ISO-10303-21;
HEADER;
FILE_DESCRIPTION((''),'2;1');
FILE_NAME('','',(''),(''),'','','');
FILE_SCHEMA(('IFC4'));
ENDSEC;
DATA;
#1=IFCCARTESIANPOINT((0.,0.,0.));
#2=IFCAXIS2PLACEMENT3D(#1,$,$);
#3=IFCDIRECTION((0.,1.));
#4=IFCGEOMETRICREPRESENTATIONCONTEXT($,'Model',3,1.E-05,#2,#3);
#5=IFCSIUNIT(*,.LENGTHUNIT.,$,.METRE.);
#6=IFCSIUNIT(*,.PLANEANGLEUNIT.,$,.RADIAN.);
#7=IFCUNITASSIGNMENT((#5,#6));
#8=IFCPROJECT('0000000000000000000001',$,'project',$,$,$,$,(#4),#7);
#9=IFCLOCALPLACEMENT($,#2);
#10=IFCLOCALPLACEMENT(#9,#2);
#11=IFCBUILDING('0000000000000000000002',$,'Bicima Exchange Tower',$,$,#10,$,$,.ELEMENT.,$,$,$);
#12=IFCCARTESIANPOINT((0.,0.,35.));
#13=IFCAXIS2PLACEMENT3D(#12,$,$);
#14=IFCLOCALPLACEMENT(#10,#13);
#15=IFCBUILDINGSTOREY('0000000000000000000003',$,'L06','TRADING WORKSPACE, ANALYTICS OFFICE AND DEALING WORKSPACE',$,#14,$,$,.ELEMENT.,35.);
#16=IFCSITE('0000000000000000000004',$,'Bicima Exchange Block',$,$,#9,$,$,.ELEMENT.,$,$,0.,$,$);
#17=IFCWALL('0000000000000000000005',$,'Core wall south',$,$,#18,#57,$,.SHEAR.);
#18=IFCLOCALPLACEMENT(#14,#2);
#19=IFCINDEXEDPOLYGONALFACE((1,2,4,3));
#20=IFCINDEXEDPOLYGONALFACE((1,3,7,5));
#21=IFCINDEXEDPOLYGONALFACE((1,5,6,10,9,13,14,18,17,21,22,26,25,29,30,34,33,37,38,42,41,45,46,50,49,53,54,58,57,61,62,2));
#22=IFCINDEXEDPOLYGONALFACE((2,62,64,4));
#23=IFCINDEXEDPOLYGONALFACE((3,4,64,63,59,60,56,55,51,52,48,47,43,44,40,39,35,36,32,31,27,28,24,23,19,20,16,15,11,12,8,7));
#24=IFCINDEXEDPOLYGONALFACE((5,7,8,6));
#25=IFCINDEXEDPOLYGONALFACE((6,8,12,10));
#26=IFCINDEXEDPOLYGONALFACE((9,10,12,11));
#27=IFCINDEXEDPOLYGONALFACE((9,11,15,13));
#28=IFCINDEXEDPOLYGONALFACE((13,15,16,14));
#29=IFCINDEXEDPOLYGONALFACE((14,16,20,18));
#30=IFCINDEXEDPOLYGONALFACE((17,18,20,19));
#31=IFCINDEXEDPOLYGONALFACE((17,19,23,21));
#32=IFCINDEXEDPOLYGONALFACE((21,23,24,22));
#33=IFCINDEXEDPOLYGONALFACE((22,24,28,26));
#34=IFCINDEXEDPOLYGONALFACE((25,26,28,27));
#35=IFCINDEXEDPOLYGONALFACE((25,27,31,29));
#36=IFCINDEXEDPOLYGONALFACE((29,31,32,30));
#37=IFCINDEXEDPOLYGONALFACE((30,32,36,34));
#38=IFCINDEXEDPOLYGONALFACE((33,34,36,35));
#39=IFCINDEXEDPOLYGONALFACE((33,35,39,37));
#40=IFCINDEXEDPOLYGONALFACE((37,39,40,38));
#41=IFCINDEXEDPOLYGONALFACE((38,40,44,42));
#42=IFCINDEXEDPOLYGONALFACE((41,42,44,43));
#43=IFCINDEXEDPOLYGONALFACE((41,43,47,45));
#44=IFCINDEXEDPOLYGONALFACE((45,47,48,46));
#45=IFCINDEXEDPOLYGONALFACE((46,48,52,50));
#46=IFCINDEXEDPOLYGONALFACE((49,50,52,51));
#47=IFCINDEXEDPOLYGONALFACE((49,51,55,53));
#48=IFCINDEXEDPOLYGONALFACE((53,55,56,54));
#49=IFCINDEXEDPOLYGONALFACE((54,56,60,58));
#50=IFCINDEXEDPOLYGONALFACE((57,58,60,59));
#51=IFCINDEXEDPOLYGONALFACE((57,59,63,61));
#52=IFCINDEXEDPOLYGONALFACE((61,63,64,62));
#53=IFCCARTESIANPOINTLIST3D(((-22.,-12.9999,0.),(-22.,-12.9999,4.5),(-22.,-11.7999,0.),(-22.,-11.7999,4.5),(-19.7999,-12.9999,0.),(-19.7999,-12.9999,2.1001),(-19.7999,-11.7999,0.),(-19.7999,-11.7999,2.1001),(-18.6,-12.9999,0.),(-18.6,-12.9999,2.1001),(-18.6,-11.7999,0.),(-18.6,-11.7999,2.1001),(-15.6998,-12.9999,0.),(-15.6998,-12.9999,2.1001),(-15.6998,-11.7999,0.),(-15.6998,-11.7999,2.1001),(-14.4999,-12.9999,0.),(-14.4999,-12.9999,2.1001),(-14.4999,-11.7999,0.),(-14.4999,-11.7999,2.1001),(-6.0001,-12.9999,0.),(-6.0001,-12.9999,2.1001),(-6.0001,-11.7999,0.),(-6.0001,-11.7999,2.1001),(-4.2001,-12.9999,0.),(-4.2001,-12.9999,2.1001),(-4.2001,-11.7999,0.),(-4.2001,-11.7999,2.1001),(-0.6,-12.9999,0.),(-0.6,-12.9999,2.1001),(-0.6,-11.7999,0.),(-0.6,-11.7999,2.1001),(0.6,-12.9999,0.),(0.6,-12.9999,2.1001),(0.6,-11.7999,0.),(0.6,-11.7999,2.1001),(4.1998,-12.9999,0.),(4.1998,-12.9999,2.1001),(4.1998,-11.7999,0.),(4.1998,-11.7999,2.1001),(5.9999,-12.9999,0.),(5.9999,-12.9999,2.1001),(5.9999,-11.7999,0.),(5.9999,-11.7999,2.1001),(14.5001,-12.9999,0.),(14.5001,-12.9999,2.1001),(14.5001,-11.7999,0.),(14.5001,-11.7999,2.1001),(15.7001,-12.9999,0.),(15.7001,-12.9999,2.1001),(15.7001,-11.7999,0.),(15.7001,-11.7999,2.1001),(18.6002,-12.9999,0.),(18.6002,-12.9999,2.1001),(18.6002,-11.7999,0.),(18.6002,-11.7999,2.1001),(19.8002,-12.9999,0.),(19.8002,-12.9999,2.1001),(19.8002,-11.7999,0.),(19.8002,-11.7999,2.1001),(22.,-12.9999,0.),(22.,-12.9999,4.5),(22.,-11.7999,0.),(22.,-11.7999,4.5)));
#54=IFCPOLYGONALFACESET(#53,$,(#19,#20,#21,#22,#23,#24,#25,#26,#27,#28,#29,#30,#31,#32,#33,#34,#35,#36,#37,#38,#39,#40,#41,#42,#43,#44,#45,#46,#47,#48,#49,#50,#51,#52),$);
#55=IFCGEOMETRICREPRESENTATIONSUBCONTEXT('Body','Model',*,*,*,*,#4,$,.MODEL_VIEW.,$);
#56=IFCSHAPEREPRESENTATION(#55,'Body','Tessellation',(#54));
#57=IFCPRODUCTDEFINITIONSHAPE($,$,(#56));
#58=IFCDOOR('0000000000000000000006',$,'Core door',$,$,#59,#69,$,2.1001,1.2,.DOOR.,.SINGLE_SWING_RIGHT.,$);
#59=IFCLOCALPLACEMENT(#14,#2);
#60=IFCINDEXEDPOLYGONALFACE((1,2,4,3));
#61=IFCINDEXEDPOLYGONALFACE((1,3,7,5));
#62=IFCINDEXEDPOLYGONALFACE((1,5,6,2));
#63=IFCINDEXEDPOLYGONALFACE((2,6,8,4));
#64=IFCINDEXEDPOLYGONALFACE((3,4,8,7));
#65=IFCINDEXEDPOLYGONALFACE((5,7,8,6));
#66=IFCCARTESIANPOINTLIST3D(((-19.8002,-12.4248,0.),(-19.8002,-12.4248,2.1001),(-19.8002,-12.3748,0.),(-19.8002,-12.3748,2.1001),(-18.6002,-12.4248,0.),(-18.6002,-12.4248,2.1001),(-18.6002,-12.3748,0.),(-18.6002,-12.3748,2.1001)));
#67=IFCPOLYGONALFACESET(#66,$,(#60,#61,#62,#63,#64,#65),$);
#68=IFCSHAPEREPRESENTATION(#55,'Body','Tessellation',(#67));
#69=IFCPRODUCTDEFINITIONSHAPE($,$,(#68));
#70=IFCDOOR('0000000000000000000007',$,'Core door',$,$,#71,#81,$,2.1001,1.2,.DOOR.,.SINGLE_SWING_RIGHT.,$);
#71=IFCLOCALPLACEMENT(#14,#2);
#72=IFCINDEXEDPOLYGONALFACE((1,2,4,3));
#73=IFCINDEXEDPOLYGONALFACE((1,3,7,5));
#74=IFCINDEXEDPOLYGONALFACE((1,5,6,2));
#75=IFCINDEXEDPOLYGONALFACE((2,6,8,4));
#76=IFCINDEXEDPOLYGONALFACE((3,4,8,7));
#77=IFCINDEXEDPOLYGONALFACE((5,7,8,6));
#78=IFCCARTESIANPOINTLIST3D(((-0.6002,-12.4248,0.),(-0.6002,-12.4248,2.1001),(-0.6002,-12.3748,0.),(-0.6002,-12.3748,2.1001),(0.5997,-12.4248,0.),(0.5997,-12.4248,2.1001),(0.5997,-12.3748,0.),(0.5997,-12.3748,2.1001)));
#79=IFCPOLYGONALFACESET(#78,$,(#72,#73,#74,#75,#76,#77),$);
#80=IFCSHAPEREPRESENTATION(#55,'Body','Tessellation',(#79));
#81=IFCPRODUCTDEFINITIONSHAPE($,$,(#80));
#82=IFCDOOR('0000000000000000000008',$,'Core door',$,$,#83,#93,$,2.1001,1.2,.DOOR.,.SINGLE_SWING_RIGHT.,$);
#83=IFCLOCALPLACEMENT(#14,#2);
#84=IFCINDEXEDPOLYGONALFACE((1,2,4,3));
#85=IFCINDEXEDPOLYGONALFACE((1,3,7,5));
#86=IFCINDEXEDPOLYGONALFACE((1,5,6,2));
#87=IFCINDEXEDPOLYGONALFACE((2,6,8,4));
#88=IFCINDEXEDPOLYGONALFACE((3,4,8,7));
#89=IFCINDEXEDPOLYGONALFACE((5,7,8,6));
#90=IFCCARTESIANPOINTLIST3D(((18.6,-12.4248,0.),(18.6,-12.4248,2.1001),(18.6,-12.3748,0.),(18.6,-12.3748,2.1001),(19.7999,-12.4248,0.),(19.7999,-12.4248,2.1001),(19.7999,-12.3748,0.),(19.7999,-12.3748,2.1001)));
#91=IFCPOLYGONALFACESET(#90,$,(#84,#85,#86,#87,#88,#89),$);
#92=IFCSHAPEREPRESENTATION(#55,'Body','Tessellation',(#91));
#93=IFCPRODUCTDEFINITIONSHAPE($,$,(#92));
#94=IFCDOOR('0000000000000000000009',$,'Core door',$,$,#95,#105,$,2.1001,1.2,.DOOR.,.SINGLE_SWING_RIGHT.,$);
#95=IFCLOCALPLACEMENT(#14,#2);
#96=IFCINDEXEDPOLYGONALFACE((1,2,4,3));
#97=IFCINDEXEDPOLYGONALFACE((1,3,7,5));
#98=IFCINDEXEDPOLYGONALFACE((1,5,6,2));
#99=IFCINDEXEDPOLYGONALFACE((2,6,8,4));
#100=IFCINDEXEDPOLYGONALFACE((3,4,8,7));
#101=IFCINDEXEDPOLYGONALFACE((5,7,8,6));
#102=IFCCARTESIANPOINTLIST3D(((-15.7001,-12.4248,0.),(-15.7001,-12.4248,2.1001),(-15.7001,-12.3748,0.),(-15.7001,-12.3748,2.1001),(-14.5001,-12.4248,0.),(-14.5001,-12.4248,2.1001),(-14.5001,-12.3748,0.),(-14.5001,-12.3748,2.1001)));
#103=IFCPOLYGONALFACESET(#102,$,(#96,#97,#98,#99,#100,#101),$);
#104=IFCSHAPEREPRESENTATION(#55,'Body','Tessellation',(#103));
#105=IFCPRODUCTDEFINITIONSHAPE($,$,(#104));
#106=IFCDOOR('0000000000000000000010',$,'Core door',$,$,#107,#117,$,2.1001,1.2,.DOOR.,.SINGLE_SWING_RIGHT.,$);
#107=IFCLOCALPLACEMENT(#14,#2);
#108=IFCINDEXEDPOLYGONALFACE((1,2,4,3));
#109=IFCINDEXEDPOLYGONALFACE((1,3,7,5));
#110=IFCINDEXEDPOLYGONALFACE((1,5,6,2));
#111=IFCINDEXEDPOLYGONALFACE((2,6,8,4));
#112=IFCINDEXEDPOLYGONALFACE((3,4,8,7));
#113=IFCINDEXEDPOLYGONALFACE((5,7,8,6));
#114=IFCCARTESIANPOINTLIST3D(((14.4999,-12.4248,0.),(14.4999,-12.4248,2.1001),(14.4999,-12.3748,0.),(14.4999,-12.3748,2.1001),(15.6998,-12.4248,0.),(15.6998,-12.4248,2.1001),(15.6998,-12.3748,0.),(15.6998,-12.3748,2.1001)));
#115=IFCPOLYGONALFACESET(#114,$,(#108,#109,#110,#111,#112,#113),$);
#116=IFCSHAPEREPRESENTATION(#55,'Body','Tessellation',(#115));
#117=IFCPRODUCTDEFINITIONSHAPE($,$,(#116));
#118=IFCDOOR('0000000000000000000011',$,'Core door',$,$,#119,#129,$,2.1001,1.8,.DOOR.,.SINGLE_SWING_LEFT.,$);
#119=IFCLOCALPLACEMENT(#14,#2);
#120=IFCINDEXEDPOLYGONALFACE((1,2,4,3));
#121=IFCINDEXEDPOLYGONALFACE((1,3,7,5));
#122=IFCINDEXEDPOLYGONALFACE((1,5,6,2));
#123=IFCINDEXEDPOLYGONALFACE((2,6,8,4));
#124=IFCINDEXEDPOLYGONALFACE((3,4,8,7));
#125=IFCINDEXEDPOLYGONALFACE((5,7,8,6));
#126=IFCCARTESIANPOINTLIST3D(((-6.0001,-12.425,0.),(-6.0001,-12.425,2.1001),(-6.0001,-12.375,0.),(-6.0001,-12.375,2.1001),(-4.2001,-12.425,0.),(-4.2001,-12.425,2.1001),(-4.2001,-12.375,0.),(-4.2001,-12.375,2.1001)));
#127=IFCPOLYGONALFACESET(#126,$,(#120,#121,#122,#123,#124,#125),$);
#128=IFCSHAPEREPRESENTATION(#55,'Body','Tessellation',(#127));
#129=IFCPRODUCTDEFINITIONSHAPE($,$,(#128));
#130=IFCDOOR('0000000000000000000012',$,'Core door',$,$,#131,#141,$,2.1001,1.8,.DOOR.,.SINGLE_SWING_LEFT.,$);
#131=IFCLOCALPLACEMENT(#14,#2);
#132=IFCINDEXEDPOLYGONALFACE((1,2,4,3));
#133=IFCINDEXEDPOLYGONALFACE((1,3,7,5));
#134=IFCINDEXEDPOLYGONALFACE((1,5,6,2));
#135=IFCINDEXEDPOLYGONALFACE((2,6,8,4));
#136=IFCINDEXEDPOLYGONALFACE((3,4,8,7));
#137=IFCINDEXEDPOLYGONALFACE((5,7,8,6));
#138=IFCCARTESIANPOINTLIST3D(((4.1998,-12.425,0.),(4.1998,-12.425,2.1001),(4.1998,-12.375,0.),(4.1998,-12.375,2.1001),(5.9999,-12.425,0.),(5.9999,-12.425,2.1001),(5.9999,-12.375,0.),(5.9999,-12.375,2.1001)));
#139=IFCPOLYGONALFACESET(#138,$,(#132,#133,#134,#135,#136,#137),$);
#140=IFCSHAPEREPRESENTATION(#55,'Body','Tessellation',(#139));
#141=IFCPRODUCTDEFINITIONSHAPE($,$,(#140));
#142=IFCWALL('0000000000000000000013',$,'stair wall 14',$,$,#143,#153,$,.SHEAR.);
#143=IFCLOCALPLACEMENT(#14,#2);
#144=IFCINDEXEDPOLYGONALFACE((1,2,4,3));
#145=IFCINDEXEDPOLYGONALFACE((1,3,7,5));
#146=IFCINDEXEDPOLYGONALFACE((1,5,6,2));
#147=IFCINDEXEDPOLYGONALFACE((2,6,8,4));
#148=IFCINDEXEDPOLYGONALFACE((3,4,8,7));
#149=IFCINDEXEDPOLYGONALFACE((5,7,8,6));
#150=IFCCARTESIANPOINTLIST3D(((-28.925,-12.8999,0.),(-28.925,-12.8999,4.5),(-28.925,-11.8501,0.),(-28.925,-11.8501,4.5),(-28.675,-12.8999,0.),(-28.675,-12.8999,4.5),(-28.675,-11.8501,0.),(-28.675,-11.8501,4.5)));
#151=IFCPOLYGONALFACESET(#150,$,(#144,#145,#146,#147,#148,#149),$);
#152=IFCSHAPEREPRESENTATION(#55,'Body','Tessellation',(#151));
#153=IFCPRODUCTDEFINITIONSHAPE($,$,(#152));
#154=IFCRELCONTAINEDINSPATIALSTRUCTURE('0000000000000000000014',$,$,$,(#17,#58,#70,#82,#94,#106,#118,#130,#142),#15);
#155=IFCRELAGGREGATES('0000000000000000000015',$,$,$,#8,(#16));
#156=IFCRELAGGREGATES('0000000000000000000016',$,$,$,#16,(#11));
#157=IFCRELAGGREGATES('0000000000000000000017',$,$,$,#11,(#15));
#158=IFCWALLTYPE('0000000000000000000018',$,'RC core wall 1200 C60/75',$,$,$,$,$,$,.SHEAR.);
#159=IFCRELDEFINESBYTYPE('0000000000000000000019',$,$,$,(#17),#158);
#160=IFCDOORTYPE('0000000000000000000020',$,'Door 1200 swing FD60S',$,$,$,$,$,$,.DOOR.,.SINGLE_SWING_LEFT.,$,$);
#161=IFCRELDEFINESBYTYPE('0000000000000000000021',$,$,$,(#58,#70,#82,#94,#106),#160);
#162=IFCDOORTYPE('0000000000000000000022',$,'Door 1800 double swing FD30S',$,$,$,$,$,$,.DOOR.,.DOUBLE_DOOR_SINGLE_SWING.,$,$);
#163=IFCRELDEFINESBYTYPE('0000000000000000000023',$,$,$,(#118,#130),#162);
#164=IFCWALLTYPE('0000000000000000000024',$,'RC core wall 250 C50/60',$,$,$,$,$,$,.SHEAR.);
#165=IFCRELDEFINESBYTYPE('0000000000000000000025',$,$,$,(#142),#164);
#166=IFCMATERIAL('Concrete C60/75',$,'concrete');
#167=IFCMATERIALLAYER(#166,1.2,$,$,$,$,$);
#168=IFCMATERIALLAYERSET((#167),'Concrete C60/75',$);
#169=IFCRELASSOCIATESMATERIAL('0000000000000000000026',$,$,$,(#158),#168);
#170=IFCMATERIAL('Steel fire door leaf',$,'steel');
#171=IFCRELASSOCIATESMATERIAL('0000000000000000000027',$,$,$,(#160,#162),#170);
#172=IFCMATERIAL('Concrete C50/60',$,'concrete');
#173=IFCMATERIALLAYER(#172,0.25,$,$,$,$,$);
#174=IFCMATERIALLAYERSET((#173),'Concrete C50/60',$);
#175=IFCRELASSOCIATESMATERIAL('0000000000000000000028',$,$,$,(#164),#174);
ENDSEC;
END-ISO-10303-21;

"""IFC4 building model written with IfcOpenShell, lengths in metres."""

from ifc_helpers import new_model, si_unit, direction, frame, frame_2d, origin, place, context, subcontext, project, spatial, rectangle, extrude, material, layer, layer_set, type_object, element, fill, save


model = new_model("IFC4")

# Units and contexts
model_context = context("Model", 3, precision=1e-05, world=origin(), true_north=direction((0.0, 1.0)))
body_context = subcontext(model_context, "Body", "Model", "MODEL_VIEW")
ifc_project = project(units=[si_unit("LENGTHUNIT", "METRE"), si_unit("PLANEANGLEUNIT", "RADIAN")], contexts=[model_context])

# Site, building, storey
site_placement = place(None, origin())
site = spatial("IfcSite", under=ifc_project, at=site_placement, Name="Bicima Exchange Block", CompositionType="ELEMENT", RefElevation=0.0)
building_placement = place(site_placement, origin())
building = spatial("IfcBuilding", under=site, at=building_placement, Name="Bicima Exchange Tower", CompositionType="ELEMENT")
storey_placement = place(building_placement, frame((0.0, 0.0, 35.0)))
storey = spatial("IfcBuildingStorey", under=building, at=storey_placement, Name="L06", Description="TRADING WORKSPACE, ANALYTICS OFFICE AND DEALING WORKSPACE", CompositionType="ELEMENT", Elevation=35.0)

# Shared definitions
ifc_material_1 = material(Name="Steel fire door leaf", Category="steel")

# Wall, openings, doors
ifc_material_2 = material(Name="Concrete C60/75", Category="concrete")
ifc_layer_1 = layer(ifc_material_2, 1.2)
ifc_layer_set_1 = layer_set([ifc_layer_1], Name="Concrete C60/75")
wall_type_1 = type_object("IfcWallType", Name="RC core wall 1200 C60/75", PredefinedType="SHEAR", material=ifc_layer_set_1)
wall_1_placement = place(storey_placement, frame((-22.0, -12.3999, 0.0), z_axis=(0.0, 0.0, 1.0), x_axis=(1.0, 0.0, 0.0)))
wall_1 = element("IfcWall", 1, at=wall_1_placement, inside=storey, type_object=wall_type_1, Name="Core wall south", PredefinedType="SHEAR", context=body_context, shape_type="SweptSolid", body=[
    extrude(rectangle(XDim=44.0, YDim=1.2, at=frame_2d((22.0, 0.0))), origin(), (0.0, 0.0, 1.0), 4.5),
])
opening_1_placement = place(wall_1_placement, frame((2.2, 0.0, 0.0)))
opening_1 = element("IfcOpeningElement", 2, at=opening_1_placement, cuts=wall_1, PredefinedType="OPENING", context=body_context, shape_type="SweptSolid", body=[
    extrude(rectangle(XDim=1.2, YDim=2.1001, at=frame_2d((0.6001, 1.05))), frame((0.0, 0.6118, 0.0), z_axis=(0.0, -1.0, 0.0), x_axis=(1.0, 0.0, 0.0)), (0.0, 0.0, 1.0), 1.2239),
])
opening_2_placement = place(wall_1_placement, frame((21.3999, 0.0, 0.0)))
opening_2 = element("IfcOpeningElement", 3, at=opening_2_placement, cuts=wall_1, PredefinedType="OPENING", context=body_context, shape_type="SweptSolid", body=[
    extrude(rectangle(XDim=1.2, YDim=2.1001, at=frame_2d((0.6001, 1.05))), frame((0.0, 0.6118, 0.0), z_axis=(0.0, -1.0, 0.0), x_axis=(1.0, 0.0, 0.0)), (0.0, 0.0, 1.0), 1.2239),
])
opening_3_placement = place(wall_1_placement, frame((40.6001, 0.0, 0.0)))
opening_3 = element("IfcOpeningElement", 4, at=opening_3_placement, cuts=wall_1, PredefinedType="OPENING", context=body_context, shape_type="SweptSolid", body=[
    extrude(rectangle(XDim=1.2, YDim=2.1001, at=frame_2d((0.6001, 1.05))), frame((0.0, 0.6118, 0.0), z_axis=(0.0, -1.0, 0.0), x_axis=(1.0, 0.0, 0.0)), (0.0, 0.0, 1.0), 1.2239),
])
opening_4_placement = place(wall_1_placement, frame((16.0, 0.0, 0.0)))
opening_4 = element("IfcOpeningElement", 5, at=opening_4_placement, cuts=wall_1, PredefinedType="OPENING", context=body_context, shape_type="SweptSolid", body=[
    extrude(rectangle(XDim=1.8, YDim=2.1001, at=frame_2d((0.8999, 1.05))), frame((0.0, 0.6118, 0.0), z_axis=(0.0, -1.0, 0.0), x_axis=(1.0, 0.0, 0.0)), (0.0, 0.0, 1.0), 1.2239),
])
opening_5_placement = place(wall_1_placement, frame((6.3, 0.0, 0.0)))
opening_5 = element("IfcOpeningElement", 6, at=opening_5_placement, cuts=wall_1, PredefinedType="OPENING", context=body_context, shape_type="SweptSolid", body=[
    extrude(rectangle(XDim=1.2, YDim=2.1001, at=frame_2d((0.6001, 1.05))), frame((0.0, 0.6118, 0.0), z_axis=(0.0, -1.0, 0.0), x_axis=(1.0, 0.0, 0.0)), (0.0, 0.0, 1.0), 1.2239),
])
opening_6_placement = place(wall_1_placement, frame((26.2, 0.0, 0.0)))
opening_6 = element("IfcOpeningElement", 7, at=opening_6_placement, cuts=wall_1, PredefinedType="OPENING", context=body_context, shape_type="SweptSolid", body=[
    extrude(rectangle(XDim=1.8, YDim=2.1001, at=frame_2d((0.8999, 1.05))), frame((0.0, 0.6118, 0.0), z_axis=(0.0, -1.0, 0.0), x_axis=(1.0, 0.0, 0.0)), (0.0, 0.0, 1.0), 1.2239),
])
opening_7_placement = place(wall_1_placement, frame((36.5, 0.0, 0.0)))
opening_7 = element("IfcOpeningElement", 8, at=opening_7_placement, cuts=wall_1, PredefinedType="OPENING", context=body_context, shape_type="SweptSolid", body=[
    extrude(rectangle(XDim=1.2, YDim=2.1001, at=frame_2d((0.6001, 1.05))), frame((0.0, 0.6118, 0.0), z_axis=(0.0, -1.0, 0.0), x_axis=(1.0, 0.0, 0.0)), (0.0, 0.0, 1.0), 1.2239),
])
door_type_1 = type_object("IfcDoorType", Name="Door 1200 swing FD60S", OperationType="SINGLE_SWING_LEFT", PredefinedType="DOOR", material=ifc_material_1)
door_1_placement = place(opening_1_placement, frame((1.2, 0.0, 0.0), z_axis=(0.0, 0.0, 1.0), x_axis=(-1.0, 0.0, 0.0)))
door_1 = element("IfcDoor", 9, at=door_1_placement, inside=storey, type_object=door_type_1, Name="Core door", OperationType="SINGLE_SWING_RIGHT", OverallHeight=2.1001, OverallWidth=1.2, PredefinedType="DOOR", context=body_context, shape_type="SweptSolid", body=[
    extrude(rectangle(XDim=1.2, YDim=2.1001, at=frame_2d((0.6001, 1.05))), frame((0.0, 0.0249, 0.0), z_axis=(0.0, -1.0, 0.0), x_axis=(1.0, 0.0, 0.0)), (0.0, 0.0, 1.0), 0.05),
])
fill(opening_1, door_1)
door_2_placement = place(opening_2_placement, frame((1.2, 0.0, 0.0), z_axis=(0.0, 0.0, 1.0), x_axis=(-1.0, 0.0, 0.0)))
door_2 = element("IfcDoor", 10, at=door_2_placement, inside=storey, type_object=door_type_1, Name="Core door", OperationType="SINGLE_SWING_RIGHT", OverallHeight=2.1001, OverallWidth=1.2, PredefinedType="DOOR", context=body_context, shape_type="SweptSolid", body=[
    extrude(rectangle(XDim=1.2, YDim=2.1001, at=frame_2d((0.6001, 1.05))), frame((0.0, 0.0249, 0.0), z_axis=(0.0, -1.0, 0.0), x_axis=(1.0, 0.0, 0.0)), (0.0, 0.0, 1.0), 0.05),
])
fill(opening_2, door_2)
door_3_placement = place(opening_3_placement, frame((1.2, 0.0, 0.0), z_axis=(0.0, 0.0, 1.0), x_axis=(-1.0, 0.0, 0.0)))
door_3 = element("IfcDoor", 11, at=door_3_placement, inside=storey, type_object=door_type_1, Name="Core door", OperationType="SINGLE_SWING_RIGHT", OverallHeight=2.1001, OverallWidth=1.2, PredefinedType="DOOR", context=body_context, shape_type="SweptSolid", body=[
    extrude(rectangle(XDim=1.2, YDim=2.1001, at=frame_2d((0.6001, 1.05))), frame((0.0, 0.0249, 0.0), z_axis=(0.0, -1.0, 0.0), x_axis=(1.0, 0.0, 0.0)), (0.0, 0.0, 1.0), 0.05),
])
fill(opening_3, door_3)
door_4_placement = place(opening_5_placement, frame((1.2, 0.0, 0.0), z_axis=(0.0, 0.0, 1.0), x_axis=(-1.0, 0.0, 0.0)))
door_4 = element("IfcDoor", 12, at=door_4_placement, inside=storey, type_object=door_type_1, Name="Core door", OperationType="SINGLE_SWING_RIGHT", OverallHeight=2.1001, OverallWidth=1.2, PredefinedType="DOOR", context=body_context, shape_type="SweptSolid", body=[
    extrude(rectangle(XDim=1.2, YDim=2.1001, at=frame_2d((0.6001, 1.05))), frame((0.0, 0.0249, 0.0), z_axis=(0.0, -1.0, 0.0), x_axis=(1.0, 0.0, 0.0)), (0.0, 0.0, 1.0), 0.05),
])
fill(opening_5, door_4)
door_5_placement = place(opening_7_placement, frame((1.2, 0.0, 0.0), z_axis=(0.0, 0.0, 1.0), x_axis=(-1.0, 0.0, 0.0)))
door_5 = element("IfcDoor", 13, at=door_5_placement, inside=storey, type_object=door_type_1, Name="Core door", OperationType="SINGLE_SWING_RIGHT", OverallHeight=2.1001, OverallWidth=1.2, PredefinedType="DOOR", context=body_context, shape_type="SweptSolid", body=[
    extrude(rectangle(XDim=1.2, YDim=2.1001, at=frame_2d((0.6001, 1.05))), frame((0.0, 0.0249, 0.0), z_axis=(0.0, -1.0, 0.0), x_axis=(1.0, 0.0, 0.0)), (0.0, 0.0, 1.0), 0.05),
])
fill(opening_7, door_5)
door_type_2 = type_object("IfcDoorType", Name="Door 1800 double swing FD30S", OperationType="DOUBLE_DOOR_SINGLE_SWING", PredefinedType="DOOR", material=ifc_material_1)
door_6_placement = place(opening_4_placement, origin())
door_6 = element("IfcDoor", 14, at=door_6_placement, inside=storey, type_object=door_type_2, Name="Core door", OperationType="SINGLE_SWING_LEFT", OverallHeight=2.1001, OverallWidth=1.8, PredefinedType="DOOR", context=body_context, shape_type="SweptSolid", body=[
    extrude(rectangle(XDim=1.8, YDim=2.1001, at=frame_2d((0.8999, 1.05))), frame((0.0, 0.0249, 0.0), z_axis=(0.0, -1.0, 0.0), x_axis=(1.0, 0.0, 0.0)), (0.0, 0.0, 1.0), 0.05),
])
fill(opening_4, door_6)
door_7_placement = place(opening_6_placement, origin())
door_7 = element("IfcDoor", 15, at=door_7_placement, inside=storey, type_object=door_type_2, Name="Core door", OperationType="SINGLE_SWING_LEFT", OverallHeight=2.1001, OverallWidth=1.8, PredefinedType="DOOR", context=body_context, shape_type="SweptSolid", body=[
    extrude(rectangle(XDim=1.8, YDim=2.1001, at=frame_2d((0.8999, 1.05))), frame((0.0, 0.0249, 0.0), z_axis=(0.0, -1.0, 0.0), x_axis=(1.0, 0.0, 0.0)), (0.0, 0.0, 1.0), 0.05),
])
fill(opening_6, door_7)

# Wall
ifc_material_3 = material(Name="Concrete C50/60", Category="concrete")
ifc_layer_2 = layer(ifc_material_3, 0.25)
ifc_layer_set_2 = layer_set([ifc_layer_2], Name="Concrete C50/60")
wall_type_2 = type_object("IfcWallType", Name="RC core wall 250 C50/60", PredefinedType="SHEAR", material=ifc_layer_set_2)
wall_2_placement = place(storey_placement, frame((-28.8, -12.8999, 0.0), z_axis=(0.0, 0.0, 1.0), x_axis=(0.0, 1.0, 0.0)))
element("IfcWall", 16, at=wall_2_placement, inside=storey, type_object=wall_type_2, Name="stair wall 14", PredefinedType="SHEAR", context=body_context, shape_type="SweptSolid", body=[
    extrude(rectangle(XDim=1.0498, YDim=0.25, at=frame_2d((0.5249, 0.0))), origin(), (0.0, 0.0, 1.0), 4.5),
])

save(model, "model.ifc")
